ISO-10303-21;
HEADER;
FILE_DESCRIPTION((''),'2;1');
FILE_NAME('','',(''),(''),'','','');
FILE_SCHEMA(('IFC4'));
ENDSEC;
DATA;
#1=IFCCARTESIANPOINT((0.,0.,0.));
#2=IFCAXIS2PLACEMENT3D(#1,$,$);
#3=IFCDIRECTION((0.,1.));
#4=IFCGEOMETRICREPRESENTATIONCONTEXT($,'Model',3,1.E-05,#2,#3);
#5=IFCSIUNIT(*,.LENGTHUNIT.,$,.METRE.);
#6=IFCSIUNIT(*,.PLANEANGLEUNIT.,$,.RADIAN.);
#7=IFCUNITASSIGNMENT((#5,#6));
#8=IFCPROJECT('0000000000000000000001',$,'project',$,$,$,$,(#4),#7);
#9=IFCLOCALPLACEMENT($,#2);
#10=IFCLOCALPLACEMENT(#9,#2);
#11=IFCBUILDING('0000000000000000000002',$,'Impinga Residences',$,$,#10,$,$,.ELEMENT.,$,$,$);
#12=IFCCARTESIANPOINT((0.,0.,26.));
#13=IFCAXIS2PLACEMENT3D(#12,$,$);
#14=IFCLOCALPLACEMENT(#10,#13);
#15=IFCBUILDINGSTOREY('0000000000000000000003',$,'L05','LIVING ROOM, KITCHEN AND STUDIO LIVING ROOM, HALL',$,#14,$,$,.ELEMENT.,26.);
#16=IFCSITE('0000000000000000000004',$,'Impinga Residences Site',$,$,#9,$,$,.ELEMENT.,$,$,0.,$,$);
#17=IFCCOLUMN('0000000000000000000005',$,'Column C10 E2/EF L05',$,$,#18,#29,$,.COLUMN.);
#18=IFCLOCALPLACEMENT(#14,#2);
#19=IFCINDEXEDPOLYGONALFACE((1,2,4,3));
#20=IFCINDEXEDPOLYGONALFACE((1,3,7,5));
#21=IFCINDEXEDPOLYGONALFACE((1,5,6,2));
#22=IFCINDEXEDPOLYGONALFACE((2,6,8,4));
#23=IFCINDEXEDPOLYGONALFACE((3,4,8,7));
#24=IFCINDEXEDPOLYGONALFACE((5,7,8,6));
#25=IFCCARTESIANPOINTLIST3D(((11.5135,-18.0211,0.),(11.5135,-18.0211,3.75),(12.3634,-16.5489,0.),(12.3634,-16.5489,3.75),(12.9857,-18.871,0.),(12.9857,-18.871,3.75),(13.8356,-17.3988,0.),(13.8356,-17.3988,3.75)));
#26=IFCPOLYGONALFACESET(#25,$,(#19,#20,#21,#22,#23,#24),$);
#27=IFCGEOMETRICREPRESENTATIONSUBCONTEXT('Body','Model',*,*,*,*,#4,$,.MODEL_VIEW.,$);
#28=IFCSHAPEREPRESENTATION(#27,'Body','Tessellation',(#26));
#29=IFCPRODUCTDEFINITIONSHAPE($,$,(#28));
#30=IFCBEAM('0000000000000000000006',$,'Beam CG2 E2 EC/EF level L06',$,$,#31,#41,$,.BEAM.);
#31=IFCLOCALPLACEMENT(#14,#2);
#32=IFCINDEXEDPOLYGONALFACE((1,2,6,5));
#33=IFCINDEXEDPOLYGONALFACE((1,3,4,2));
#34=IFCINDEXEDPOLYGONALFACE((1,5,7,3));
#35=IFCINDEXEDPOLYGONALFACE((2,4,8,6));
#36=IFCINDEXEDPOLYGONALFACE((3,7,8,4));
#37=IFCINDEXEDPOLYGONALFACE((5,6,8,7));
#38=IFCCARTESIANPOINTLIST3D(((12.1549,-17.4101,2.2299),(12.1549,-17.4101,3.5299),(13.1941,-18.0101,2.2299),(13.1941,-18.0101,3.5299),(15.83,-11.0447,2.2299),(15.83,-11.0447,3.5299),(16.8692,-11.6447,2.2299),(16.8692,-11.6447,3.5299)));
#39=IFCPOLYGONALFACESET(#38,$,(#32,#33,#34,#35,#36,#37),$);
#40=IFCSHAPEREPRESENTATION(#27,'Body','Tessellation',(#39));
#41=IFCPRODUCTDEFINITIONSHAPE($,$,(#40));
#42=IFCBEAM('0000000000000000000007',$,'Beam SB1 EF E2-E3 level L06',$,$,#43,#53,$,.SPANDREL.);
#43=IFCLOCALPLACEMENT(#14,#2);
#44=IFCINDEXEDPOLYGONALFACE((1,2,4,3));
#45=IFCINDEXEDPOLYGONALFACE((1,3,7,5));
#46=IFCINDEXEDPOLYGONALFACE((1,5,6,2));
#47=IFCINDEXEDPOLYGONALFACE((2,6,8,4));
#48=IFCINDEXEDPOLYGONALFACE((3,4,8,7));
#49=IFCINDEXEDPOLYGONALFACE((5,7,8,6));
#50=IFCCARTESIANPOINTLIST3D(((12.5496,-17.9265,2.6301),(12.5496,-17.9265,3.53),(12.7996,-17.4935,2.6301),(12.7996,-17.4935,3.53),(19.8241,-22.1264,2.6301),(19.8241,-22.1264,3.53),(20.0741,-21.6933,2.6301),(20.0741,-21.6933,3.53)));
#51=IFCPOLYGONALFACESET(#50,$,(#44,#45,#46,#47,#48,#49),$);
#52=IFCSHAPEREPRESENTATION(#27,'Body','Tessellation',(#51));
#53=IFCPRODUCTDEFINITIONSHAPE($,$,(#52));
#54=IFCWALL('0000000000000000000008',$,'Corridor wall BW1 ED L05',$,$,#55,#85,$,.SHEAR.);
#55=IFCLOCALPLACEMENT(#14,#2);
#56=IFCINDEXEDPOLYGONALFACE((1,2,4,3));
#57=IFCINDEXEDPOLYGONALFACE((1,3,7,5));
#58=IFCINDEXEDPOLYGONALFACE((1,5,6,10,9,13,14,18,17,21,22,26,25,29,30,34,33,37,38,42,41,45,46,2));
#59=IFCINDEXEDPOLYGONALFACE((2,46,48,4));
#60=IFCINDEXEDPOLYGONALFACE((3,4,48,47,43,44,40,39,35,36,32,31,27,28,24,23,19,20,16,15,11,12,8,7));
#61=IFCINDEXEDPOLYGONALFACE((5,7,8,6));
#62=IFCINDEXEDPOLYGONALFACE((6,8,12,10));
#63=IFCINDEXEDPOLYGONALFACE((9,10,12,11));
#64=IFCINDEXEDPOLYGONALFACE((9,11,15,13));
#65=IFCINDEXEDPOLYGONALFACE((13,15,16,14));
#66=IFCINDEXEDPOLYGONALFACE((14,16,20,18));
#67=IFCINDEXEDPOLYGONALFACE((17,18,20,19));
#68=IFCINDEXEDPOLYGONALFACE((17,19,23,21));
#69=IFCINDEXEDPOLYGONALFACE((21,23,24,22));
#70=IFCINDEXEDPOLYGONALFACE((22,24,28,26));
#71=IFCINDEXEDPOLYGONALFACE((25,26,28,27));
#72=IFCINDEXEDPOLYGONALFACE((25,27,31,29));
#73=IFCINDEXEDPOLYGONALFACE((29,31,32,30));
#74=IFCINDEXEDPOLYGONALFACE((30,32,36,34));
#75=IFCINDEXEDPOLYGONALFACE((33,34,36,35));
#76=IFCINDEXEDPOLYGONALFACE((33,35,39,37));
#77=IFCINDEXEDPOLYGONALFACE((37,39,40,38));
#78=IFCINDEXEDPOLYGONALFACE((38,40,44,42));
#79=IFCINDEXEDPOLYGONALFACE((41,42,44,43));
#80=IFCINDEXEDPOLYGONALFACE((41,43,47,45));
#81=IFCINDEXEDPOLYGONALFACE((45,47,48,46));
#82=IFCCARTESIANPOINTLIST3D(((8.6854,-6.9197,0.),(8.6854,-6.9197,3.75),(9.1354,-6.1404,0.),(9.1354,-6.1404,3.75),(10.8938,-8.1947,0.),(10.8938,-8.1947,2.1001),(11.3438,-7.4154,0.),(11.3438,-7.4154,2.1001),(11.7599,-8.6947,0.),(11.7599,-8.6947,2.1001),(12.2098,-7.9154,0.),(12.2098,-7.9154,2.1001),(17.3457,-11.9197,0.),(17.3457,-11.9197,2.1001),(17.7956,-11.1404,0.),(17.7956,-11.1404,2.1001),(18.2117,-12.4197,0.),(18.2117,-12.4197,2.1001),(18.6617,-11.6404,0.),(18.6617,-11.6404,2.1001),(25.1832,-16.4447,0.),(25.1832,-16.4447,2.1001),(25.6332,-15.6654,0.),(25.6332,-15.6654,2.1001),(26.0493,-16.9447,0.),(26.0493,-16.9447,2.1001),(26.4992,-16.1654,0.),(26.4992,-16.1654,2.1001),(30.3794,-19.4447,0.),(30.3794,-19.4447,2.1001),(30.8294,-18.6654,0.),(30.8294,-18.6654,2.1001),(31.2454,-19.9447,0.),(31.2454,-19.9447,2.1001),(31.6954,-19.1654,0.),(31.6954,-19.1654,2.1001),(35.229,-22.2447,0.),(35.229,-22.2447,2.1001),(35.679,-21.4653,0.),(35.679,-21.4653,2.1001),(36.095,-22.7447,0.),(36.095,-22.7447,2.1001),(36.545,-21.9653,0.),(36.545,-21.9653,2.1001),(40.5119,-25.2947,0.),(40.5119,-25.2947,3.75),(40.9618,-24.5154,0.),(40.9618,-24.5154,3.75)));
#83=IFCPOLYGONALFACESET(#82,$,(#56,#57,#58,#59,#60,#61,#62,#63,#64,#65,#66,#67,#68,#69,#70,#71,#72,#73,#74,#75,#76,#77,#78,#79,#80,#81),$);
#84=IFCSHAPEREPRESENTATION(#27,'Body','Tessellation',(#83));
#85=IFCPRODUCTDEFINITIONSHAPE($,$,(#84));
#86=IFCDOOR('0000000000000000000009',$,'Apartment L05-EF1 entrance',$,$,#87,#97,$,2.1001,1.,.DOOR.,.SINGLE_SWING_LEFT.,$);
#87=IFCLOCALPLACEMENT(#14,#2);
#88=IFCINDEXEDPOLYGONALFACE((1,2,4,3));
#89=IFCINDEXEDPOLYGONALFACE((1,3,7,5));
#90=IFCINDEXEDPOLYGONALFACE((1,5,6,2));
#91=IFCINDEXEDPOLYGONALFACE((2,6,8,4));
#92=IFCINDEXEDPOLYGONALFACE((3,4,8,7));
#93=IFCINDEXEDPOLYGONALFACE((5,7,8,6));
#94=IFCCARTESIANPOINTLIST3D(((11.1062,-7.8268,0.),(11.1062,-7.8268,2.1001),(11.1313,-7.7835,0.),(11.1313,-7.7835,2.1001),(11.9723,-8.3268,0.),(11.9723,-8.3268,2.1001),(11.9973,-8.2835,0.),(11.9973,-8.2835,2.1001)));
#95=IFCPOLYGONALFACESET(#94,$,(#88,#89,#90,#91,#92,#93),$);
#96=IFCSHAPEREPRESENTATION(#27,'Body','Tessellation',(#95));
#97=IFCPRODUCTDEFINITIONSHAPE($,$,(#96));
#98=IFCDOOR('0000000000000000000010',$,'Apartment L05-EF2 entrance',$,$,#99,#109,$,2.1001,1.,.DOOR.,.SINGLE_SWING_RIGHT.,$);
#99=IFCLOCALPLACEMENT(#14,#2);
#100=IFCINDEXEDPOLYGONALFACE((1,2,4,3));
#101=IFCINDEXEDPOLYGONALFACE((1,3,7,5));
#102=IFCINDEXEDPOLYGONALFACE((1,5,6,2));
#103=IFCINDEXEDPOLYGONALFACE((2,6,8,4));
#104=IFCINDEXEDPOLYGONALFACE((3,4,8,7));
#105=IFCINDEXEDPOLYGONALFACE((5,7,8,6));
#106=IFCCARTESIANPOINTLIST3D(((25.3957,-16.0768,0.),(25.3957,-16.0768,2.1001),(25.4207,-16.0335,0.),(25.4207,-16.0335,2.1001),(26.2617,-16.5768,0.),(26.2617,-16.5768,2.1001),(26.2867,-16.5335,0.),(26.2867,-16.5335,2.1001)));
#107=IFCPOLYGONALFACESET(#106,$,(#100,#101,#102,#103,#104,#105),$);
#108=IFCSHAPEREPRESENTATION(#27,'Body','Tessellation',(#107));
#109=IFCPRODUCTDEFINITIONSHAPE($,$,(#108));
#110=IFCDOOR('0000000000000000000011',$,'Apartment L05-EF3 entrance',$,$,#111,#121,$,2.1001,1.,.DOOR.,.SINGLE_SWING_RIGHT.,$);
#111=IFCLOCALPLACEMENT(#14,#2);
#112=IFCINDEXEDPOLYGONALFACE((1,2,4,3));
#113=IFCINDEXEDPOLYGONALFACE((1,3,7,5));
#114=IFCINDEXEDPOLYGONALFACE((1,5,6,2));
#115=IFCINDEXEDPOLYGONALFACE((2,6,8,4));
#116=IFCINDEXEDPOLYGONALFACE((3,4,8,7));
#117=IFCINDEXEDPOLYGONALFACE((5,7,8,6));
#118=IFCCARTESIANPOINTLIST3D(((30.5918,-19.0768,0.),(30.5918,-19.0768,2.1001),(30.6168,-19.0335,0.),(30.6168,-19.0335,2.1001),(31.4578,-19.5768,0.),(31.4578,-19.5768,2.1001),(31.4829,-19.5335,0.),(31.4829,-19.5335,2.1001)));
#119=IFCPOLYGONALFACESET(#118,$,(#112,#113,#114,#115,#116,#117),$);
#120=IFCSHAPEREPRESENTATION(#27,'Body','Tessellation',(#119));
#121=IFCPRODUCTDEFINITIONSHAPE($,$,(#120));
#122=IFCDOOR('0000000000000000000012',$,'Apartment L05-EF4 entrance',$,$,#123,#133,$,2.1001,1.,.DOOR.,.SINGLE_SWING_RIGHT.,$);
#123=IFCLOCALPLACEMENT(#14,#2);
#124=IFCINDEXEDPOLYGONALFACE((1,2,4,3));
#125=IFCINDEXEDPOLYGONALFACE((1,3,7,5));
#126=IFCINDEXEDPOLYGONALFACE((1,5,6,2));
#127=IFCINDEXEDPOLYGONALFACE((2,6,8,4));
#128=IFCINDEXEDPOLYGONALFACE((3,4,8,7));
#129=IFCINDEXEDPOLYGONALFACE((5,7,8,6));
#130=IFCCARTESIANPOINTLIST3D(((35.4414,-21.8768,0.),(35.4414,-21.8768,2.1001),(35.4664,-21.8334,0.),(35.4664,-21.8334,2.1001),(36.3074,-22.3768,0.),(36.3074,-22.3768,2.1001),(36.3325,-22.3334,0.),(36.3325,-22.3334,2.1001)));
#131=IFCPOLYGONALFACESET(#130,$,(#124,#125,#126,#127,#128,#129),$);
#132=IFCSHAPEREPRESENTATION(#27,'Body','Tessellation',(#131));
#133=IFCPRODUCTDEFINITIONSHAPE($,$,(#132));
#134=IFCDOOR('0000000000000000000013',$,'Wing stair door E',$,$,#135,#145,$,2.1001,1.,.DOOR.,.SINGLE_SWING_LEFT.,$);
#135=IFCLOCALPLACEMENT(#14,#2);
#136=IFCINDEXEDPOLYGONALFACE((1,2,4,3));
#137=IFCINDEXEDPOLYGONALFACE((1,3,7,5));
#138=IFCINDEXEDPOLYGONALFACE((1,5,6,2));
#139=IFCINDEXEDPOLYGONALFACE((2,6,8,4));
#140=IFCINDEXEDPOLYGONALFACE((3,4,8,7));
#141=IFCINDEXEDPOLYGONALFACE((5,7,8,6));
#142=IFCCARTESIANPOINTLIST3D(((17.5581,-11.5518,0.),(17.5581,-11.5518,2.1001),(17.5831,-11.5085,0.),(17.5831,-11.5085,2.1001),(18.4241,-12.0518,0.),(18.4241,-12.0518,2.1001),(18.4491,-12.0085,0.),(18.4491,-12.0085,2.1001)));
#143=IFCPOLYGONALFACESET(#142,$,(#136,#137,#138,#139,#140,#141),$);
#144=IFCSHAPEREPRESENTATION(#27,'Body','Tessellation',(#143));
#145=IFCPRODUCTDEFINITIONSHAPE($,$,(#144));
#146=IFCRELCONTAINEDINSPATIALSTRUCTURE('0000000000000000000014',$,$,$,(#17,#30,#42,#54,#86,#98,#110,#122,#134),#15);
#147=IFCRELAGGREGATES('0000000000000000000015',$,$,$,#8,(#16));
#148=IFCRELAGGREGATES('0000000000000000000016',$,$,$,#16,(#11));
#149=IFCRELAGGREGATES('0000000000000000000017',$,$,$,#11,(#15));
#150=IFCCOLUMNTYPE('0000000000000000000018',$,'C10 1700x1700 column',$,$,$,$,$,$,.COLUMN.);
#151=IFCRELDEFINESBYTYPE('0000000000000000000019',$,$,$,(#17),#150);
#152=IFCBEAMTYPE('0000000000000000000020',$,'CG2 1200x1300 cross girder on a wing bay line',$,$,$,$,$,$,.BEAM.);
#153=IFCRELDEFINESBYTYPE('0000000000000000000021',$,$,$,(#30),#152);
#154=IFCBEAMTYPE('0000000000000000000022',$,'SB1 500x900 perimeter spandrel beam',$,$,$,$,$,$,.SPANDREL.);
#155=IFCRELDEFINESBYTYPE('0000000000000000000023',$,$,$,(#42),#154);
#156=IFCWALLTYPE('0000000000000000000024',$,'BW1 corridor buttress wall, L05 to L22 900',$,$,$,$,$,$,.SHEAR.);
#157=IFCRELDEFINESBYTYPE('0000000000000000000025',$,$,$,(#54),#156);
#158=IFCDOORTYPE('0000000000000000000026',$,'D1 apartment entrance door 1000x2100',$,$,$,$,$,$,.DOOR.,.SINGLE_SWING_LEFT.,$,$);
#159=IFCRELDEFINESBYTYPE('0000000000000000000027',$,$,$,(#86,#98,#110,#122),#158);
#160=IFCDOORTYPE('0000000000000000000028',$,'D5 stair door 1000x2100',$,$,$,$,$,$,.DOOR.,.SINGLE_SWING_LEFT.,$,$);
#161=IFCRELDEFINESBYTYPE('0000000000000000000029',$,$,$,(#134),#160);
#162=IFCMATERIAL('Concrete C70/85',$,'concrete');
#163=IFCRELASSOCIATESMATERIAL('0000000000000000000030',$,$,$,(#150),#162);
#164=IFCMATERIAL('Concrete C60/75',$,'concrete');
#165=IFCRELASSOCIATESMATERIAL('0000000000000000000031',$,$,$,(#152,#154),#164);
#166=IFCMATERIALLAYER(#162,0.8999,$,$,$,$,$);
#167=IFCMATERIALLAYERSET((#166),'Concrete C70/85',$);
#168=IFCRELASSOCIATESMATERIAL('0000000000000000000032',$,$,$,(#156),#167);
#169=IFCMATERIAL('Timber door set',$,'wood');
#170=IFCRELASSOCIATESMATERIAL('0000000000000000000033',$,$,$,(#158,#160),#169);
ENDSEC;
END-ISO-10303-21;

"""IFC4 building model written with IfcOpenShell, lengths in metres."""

from ifc_helpers import new_model, si_unit, direction, frame, frame_2d, origin, origin_2d, place, context, subcontext, project, spatial, rectangle, extrude, material, layer, layer_set, material_profile, profile_set, type_object, element, fill, save


model = new_model("IFC4")

# Units and contexts
model_context = context("Model", 3, precision=1e-05, world=origin(), true_north=direction((0.0, 1.0)))
body_context = subcontext(model_context, "Body", "Model", "MODEL_VIEW")
ifc_project = project(units=[si_unit("LENGTHUNIT", "METRE"), si_unit("PLANEANGLEUNIT", "RADIAN")], contexts=[model_context])

# Site, building, storey
site_placement = place(None, origin())
site = spatial("IfcSite", under=ifc_project, at=site_placement, Name="Impinga Residences Site", CompositionType="ELEMENT", RefElevation=0.0)
building_placement = place(site_placement, origin())
building = spatial("IfcBuilding", under=site, at=building_placement, Name="Impinga Residences", CompositionType="ELEMENT")
storey_placement = place(building_placement, frame((0.0, 0.0, 26.0)))
storey = spatial("IfcBuildingStorey", under=building, at=storey_placement, Name="L05", Description="LIVING ROOM, KITCHEN AND STUDIO LIVING ROOM, HALL", CompositionType="ELEMENT", Elevation=26.0)

# Column
ifc_material_1 = material(Name="Concrete C70/85", Category="concrete")
ifc_material_profile_1 = material_profile(ifc_material_1, rectangle(XDim=1.7, YDim=1.7, at=origin_2d()), Name="RC 1700x1700")
ifc_profile_set_1 = profile_set([ifc_material_profile_1], Name="Concrete C70/85")
column_type = type_object("IfcColumnType", Name="C10 1700x1700 column", PredefinedType="COLUMN", material=ifc_profile_set_1)
column_placement = place(storey_placement, frame((12.6746, -17.71, 0.0), z_axis=(0.0, 0.0, 1.0), x_axis=(-0.5, -0.866025, 0.0)))
element("IfcColumn", 1, at=column_placement, inside=storey, type_object=column_type, Name="Column C10 E2/EF L05", PredefinedType="COLUMN", context=body_context, shape_type="SweptSolid", body=[
    extrude(rectangle(XDim=1.7, YDim=1.7, at=origin_2d()), origin(), (0.0, 0.0, 1.0), 3.75),
])

# Beams
ifc_material_2 = material(Name="Concrete C60/75", Category="concrete")
ifc_material_profile_2 = material_profile(ifc_material_2, rectangle(XDim=1.2, YDim=1.3, at=origin_2d()), Name="RC 1200x1300")
ifc_profile_set_2 = profile_set([ifc_material_profile_2], Name="Concrete C60/75")
beam_type_1 = type_object("IfcBeamType", Name="CG2 1200x1300 cross girder on a wing bay line", PredefinedType="BEAM", material=ifc_profile_set_2)
beam_1_placement = place(storey_placement, frame((16.3496, -11.3447, 2.8799), z_axis=(-0.500008, -0.866021, 0.0), x_axis=(0.866021, -0.500008, 0.0)))
element("IfcBeam", 2, at=beam_1_placement, inside=storey, type_object=beam_type_1, Name="Beam CG2 E2 EC/EF level L06", PredefinedType="BEAM", context=body_context, shape_type="SweptSolid", body=[
    extrude(rectangle(XDim=1.2, YDim=1.3, at=origin_2d()), origin(), (0.0, 0.0, 1.0), 7.3501),
])
ifc_material_profile_3 = material_profile(ifc_material_2, rectangle(XDim=0.5, YDim=0.8999, at=origin_2d()), Name="RC 500x900")
ifc_profile_set_3 = profile_set([ifc_material_profile_3], Name="Concrete C60/75")
beam_type_2 = type_object("IfcBeamType", Name="SB1 500x900 perimeter spandrel beam", PredefinedType="SPANDREL", material=ifc_profile_set_3)
beam_2_placement = place(storey_placement, frame((12.6746, -17.71, 3.0801), z_axis=(0.866029, -0.499993, 0.0), x_axis=(0.499993, 0.866029, 0.0)))
element("IfcBeam", 3, at=beam_2_placement, inside=storey, type_object=beam_type_2, Name="Beam SB1 EF E2-E3 level L06", PredefinedType="SPANDREL", context=body_context, shape_type="SweptSolid", body=[
    extrude(rectangle(XDim=0.5, YDim=0.8999, at=origin_2d()), origin(), (0.0, 0.0, 1.0), 8.3999),
])

# Wall, openings, doors
ifc_layer_1 = layer(ifc_material_1, 0.8999)
ifc_layer_set_1 = layer_set([ifc_layer_1], Name="Concrete C70/85")
wall_type_1 = type_object("IfcWallType", Name="BW1 corridor buttress wall, L05 to L22 900", PredefinedType="SHEAR", material=ifc_layer_set_1)
wall_1_placement = place(storey_placement, frame((8.9104, -6.53, 0.0), z_axis=(0.0, 0.0, 1.0), x_axis=(0.866025, -0.5, 0.0)))
wall_1 = element("IfcWall", 4, at=wall_1_placement, inside=storey, type_object=wall_type_1, Name="Corridor wall BW1 ED L05", PredefinedType="SHEAR", context=body_context, shape_type="SweptSolid", body=[
    extrude(rectangle(XDim=36.75, YDim=0.8999, at=frame_2d((18.375, 0.0))), origin(), (0.0, 0.0, 1.0), 3.75),
])
opening_1_placement = place(wall_1_placement, frame((10.0, 0.0, 0.0)))
opening_1 = element("IfcOpeningElement", 5, at=opening_1_placement, cuts=wall_1, PredefinedType="OPENING", context=body_context, shape_type="SweptSolid", body=[
    extrude(rectangle(XDim=1.0, YDim=2.1001, at=frame_2d((0.5, 1.05))), frame((0.0, 0.46, 0.0), z_axis=(0.0, -1.0, 0.0), x_axis=(1.0, 0.0, 0.0)), (0.0, 0.0, 1.0), 0.9199),
])
opening_2_placement = place(wall_1_placement, frame((2.55, 0.0, 0.0)))
opening_2 = element("IfcOpeningElement", 6, at=opening_2_placement, cuts=wall_1, PredefinedType="OPENING", context=body_context, shape_type="SweptSolid", body=[
    extrude(rectangle(XDim=1.0, YDim=2.1001, at=frame_2d((0.5, 1.05))), frame((0.0, 0.46, 0.0), z_axis=(0.0, -1.0, 0.0), x_axis=(1.0, 0.0, 0.0)), (0.0, 0.0, 1.0), 0.9199),
])
opening_3_placement = place(wall_1_placement, frame((19.05, 0.0, 0.0)))
opening_3 = element("IfcOpeningElement", 7, at=opening_3_placement, cuts=wall_1, PredefinedType="OPENING", context=body_context, shape_type="SweptSolid", body=[
    extrude(rectangle(XDim=1.0, YDim=2.1001, at=frame_2d((0.5, 1.05))), frame((0.0, 0.46, 0.0), z_axis=(0.0, -1.0, 0.0), x_axis=(1.0, 0.0, 0.0)), (0.0, 0.0, 1.0), 0.9199),
])
opening_4_placement = place(wall_1_placement, frame((25.05, 0.0, 0.0)))
opening_4 = element("IfcOpeningElement", 8, at=opening_4_placement, cuts=wall_1, PredefinedType="OPENING", context=body_context, shape_type="SweptSolid", body=[
    extrude(rectangle(XDim=1.0, YDim=2.1001, at=frame_2d((0.5, 1.05))), frame((0.0, 0.46, 0.0), z_axis=(0.0, -1.0, 0.0), x_axis=(1.0, 0.0, 0.0)), (0.0, 0.0, 1.0), 0.9199),
])
opening_5_placement = place(wall_1_placement, frame((30.6499, 0.0, 0.0)))
opening_5 = element("IfcOpeningElement", 9, at=opening_5_placement, cuts=wall_1, PredefinedType="OPENING", context=body_context, shape_type="SweptSolid", body=[
    extrude(rectangle(XDim=1.0, YDim=2.1001, at=frame_2d((0.5, 1.05))), frame((0.0, 0.46, 0.0), z_axis=(0.0, -1.0, 0.0), x_axis=(1.0, 0.0, 0.0)), (0.0, 0.0, 1.0), 0.9199),
])
ifc_material_3 = material(Name="Timber door set", Category="wood")
door_type_1 = type_object("IfcDoorType", Name="D1 apartment entrance door 1000x2100", OperationType="SINGLE_SWING_LEFT", PredefinedType="DOOR", material=ifc_material_3)
door_1_placement = place(opening_2_placement, origin())
door_1 = element("IfcDoor", 10, at=door_1_placement, inside=storey, type_object=door_type_1, Name="Apartment L05-EF1 entrance", OperationType="SINGLE_SWING_LEFT", OverallHeight=2.1001, OverallWidth=1.0, PredefinedType="DOOR", context=body_context, shape_type="SweptSolid", body=[
    extrude(rectangle(XDim=1.0, YDim=2.1001, at=frame_2d((0.5, 1.05))), frame((0.0, 0.0249, 0.0), z_axis=(0.0, -1.0, 0.0), x_axis=(1.0, 0.0, 0.0)), (0.0, 0.0, 1.0), 0.05),
])
fill(opening_2, door_1)
door_2_placement = place(opening_3_placement, origin())
door_2 = element("IfcDoor", 11, at=door_2_placement, inside=storey, type_object=door_type_1, Name="Apartment L05-EF2 entrance", OperationType="SINGLE_SWING_RIGHT", OverallHeight=2.1001, OverallWidth=1.0, PredefinedType="DOOR", context=body_context, shape_type="SweptSolid", body=[
    extrude(rectangle(XDim=1.0, YDim=2.1001, at=frame_2d((0.5, 1.05))), frame((0.0, 0.0249, 0.0), z_axis=(0.0, -1.0, 0.0), x_axis=(1.0, 0.0, 0.0)), (0.0, 0.0, 1.0), 0.05),
])
fill(opening_3, door_2)
door_3_placement = place(opening_4_placement, origin())
door_3 = element("IfcDoor", 12, at=door_3_placement, inside=storey, type_object=door_type_1, Name="Apartment L05-EF3 entrance", OperationType="SINGLE_SWING_RIGHT", OverallHeight=2.1001, OverallWidth=1.0, PredefinedType="DOOR", context=body_context, shape_type="SweptSolid", body=[
    extrude(rectangle(XDim=1.0, YDim=2.1001, at=frame_2d((0.5, 1.05))), frame((0.0, 0.0249, 0.0), z_axis=(0.0, -1.0, 0.0), x_axis=(1.0, 0.0, 0.0)), (0.0, 0.0, 1.0), 0.05),
])
fill(opening_4, door_3)
door_4_placement = place(opening_5_placement, origin())
door_4 = element("IfcDoor", 13, at=door_4_placement, inside=storey, type_object=door_type_1, Name="Apartment L05-EF4 entrance", OperationType="SINGLE_SWING_RIGHT", OverallHeight=2.1001, OverallWidth=1.0, PredefinedType="DOOR", context=body_context, shape_type="SweptSolid", body=[
    extrude(rectangle(XDim=1.0, YDim=2.1001, at=frame_2d((0.5, 1.05))), frame((0.0, 0.0249, 0.0), z_axis=(0.0, -1.0, 0.0), x_axis=(1.0, 0.0, 0.0)), (0.0, 0.0, 1.0), 0.05),
])
fill(opening_5, door_4)
door_type_2 = type_object("IfcDoorType", Name="D5 stair door 1000x2100", OperationType="SINGLE_SWING_LEFT", PredefinedType="DOOR", material=ifc_material_3)
door_5_placement = place(opening_1_placement, origin())
door_5 = element("IfcDoor", 14, at=door_5_placement, inside=storey, type_object=door_type_2, Name="Wing stair door E", OperationType="SINGLE_SWING_LEFT", OverallHeight=2.1001, OverallWidth=1.0, PredefinedType="DOOR", context=body_context, shape_type="SweptSolid", body=[
    extrude(rectangle(XDim=1.0, YDim=2.1001, at=frame_2d((0.5, 1.05))), frame((0.0, 0.0249, 0.0), z_axis=(0.0, -1.0, 0.0), x_axis=(1.0, 0.0, 0.0)), (0.0, 0.0, 1.0), 0.05),
])
fill(opening_1, door_5)

save(model, "model.ifc")
